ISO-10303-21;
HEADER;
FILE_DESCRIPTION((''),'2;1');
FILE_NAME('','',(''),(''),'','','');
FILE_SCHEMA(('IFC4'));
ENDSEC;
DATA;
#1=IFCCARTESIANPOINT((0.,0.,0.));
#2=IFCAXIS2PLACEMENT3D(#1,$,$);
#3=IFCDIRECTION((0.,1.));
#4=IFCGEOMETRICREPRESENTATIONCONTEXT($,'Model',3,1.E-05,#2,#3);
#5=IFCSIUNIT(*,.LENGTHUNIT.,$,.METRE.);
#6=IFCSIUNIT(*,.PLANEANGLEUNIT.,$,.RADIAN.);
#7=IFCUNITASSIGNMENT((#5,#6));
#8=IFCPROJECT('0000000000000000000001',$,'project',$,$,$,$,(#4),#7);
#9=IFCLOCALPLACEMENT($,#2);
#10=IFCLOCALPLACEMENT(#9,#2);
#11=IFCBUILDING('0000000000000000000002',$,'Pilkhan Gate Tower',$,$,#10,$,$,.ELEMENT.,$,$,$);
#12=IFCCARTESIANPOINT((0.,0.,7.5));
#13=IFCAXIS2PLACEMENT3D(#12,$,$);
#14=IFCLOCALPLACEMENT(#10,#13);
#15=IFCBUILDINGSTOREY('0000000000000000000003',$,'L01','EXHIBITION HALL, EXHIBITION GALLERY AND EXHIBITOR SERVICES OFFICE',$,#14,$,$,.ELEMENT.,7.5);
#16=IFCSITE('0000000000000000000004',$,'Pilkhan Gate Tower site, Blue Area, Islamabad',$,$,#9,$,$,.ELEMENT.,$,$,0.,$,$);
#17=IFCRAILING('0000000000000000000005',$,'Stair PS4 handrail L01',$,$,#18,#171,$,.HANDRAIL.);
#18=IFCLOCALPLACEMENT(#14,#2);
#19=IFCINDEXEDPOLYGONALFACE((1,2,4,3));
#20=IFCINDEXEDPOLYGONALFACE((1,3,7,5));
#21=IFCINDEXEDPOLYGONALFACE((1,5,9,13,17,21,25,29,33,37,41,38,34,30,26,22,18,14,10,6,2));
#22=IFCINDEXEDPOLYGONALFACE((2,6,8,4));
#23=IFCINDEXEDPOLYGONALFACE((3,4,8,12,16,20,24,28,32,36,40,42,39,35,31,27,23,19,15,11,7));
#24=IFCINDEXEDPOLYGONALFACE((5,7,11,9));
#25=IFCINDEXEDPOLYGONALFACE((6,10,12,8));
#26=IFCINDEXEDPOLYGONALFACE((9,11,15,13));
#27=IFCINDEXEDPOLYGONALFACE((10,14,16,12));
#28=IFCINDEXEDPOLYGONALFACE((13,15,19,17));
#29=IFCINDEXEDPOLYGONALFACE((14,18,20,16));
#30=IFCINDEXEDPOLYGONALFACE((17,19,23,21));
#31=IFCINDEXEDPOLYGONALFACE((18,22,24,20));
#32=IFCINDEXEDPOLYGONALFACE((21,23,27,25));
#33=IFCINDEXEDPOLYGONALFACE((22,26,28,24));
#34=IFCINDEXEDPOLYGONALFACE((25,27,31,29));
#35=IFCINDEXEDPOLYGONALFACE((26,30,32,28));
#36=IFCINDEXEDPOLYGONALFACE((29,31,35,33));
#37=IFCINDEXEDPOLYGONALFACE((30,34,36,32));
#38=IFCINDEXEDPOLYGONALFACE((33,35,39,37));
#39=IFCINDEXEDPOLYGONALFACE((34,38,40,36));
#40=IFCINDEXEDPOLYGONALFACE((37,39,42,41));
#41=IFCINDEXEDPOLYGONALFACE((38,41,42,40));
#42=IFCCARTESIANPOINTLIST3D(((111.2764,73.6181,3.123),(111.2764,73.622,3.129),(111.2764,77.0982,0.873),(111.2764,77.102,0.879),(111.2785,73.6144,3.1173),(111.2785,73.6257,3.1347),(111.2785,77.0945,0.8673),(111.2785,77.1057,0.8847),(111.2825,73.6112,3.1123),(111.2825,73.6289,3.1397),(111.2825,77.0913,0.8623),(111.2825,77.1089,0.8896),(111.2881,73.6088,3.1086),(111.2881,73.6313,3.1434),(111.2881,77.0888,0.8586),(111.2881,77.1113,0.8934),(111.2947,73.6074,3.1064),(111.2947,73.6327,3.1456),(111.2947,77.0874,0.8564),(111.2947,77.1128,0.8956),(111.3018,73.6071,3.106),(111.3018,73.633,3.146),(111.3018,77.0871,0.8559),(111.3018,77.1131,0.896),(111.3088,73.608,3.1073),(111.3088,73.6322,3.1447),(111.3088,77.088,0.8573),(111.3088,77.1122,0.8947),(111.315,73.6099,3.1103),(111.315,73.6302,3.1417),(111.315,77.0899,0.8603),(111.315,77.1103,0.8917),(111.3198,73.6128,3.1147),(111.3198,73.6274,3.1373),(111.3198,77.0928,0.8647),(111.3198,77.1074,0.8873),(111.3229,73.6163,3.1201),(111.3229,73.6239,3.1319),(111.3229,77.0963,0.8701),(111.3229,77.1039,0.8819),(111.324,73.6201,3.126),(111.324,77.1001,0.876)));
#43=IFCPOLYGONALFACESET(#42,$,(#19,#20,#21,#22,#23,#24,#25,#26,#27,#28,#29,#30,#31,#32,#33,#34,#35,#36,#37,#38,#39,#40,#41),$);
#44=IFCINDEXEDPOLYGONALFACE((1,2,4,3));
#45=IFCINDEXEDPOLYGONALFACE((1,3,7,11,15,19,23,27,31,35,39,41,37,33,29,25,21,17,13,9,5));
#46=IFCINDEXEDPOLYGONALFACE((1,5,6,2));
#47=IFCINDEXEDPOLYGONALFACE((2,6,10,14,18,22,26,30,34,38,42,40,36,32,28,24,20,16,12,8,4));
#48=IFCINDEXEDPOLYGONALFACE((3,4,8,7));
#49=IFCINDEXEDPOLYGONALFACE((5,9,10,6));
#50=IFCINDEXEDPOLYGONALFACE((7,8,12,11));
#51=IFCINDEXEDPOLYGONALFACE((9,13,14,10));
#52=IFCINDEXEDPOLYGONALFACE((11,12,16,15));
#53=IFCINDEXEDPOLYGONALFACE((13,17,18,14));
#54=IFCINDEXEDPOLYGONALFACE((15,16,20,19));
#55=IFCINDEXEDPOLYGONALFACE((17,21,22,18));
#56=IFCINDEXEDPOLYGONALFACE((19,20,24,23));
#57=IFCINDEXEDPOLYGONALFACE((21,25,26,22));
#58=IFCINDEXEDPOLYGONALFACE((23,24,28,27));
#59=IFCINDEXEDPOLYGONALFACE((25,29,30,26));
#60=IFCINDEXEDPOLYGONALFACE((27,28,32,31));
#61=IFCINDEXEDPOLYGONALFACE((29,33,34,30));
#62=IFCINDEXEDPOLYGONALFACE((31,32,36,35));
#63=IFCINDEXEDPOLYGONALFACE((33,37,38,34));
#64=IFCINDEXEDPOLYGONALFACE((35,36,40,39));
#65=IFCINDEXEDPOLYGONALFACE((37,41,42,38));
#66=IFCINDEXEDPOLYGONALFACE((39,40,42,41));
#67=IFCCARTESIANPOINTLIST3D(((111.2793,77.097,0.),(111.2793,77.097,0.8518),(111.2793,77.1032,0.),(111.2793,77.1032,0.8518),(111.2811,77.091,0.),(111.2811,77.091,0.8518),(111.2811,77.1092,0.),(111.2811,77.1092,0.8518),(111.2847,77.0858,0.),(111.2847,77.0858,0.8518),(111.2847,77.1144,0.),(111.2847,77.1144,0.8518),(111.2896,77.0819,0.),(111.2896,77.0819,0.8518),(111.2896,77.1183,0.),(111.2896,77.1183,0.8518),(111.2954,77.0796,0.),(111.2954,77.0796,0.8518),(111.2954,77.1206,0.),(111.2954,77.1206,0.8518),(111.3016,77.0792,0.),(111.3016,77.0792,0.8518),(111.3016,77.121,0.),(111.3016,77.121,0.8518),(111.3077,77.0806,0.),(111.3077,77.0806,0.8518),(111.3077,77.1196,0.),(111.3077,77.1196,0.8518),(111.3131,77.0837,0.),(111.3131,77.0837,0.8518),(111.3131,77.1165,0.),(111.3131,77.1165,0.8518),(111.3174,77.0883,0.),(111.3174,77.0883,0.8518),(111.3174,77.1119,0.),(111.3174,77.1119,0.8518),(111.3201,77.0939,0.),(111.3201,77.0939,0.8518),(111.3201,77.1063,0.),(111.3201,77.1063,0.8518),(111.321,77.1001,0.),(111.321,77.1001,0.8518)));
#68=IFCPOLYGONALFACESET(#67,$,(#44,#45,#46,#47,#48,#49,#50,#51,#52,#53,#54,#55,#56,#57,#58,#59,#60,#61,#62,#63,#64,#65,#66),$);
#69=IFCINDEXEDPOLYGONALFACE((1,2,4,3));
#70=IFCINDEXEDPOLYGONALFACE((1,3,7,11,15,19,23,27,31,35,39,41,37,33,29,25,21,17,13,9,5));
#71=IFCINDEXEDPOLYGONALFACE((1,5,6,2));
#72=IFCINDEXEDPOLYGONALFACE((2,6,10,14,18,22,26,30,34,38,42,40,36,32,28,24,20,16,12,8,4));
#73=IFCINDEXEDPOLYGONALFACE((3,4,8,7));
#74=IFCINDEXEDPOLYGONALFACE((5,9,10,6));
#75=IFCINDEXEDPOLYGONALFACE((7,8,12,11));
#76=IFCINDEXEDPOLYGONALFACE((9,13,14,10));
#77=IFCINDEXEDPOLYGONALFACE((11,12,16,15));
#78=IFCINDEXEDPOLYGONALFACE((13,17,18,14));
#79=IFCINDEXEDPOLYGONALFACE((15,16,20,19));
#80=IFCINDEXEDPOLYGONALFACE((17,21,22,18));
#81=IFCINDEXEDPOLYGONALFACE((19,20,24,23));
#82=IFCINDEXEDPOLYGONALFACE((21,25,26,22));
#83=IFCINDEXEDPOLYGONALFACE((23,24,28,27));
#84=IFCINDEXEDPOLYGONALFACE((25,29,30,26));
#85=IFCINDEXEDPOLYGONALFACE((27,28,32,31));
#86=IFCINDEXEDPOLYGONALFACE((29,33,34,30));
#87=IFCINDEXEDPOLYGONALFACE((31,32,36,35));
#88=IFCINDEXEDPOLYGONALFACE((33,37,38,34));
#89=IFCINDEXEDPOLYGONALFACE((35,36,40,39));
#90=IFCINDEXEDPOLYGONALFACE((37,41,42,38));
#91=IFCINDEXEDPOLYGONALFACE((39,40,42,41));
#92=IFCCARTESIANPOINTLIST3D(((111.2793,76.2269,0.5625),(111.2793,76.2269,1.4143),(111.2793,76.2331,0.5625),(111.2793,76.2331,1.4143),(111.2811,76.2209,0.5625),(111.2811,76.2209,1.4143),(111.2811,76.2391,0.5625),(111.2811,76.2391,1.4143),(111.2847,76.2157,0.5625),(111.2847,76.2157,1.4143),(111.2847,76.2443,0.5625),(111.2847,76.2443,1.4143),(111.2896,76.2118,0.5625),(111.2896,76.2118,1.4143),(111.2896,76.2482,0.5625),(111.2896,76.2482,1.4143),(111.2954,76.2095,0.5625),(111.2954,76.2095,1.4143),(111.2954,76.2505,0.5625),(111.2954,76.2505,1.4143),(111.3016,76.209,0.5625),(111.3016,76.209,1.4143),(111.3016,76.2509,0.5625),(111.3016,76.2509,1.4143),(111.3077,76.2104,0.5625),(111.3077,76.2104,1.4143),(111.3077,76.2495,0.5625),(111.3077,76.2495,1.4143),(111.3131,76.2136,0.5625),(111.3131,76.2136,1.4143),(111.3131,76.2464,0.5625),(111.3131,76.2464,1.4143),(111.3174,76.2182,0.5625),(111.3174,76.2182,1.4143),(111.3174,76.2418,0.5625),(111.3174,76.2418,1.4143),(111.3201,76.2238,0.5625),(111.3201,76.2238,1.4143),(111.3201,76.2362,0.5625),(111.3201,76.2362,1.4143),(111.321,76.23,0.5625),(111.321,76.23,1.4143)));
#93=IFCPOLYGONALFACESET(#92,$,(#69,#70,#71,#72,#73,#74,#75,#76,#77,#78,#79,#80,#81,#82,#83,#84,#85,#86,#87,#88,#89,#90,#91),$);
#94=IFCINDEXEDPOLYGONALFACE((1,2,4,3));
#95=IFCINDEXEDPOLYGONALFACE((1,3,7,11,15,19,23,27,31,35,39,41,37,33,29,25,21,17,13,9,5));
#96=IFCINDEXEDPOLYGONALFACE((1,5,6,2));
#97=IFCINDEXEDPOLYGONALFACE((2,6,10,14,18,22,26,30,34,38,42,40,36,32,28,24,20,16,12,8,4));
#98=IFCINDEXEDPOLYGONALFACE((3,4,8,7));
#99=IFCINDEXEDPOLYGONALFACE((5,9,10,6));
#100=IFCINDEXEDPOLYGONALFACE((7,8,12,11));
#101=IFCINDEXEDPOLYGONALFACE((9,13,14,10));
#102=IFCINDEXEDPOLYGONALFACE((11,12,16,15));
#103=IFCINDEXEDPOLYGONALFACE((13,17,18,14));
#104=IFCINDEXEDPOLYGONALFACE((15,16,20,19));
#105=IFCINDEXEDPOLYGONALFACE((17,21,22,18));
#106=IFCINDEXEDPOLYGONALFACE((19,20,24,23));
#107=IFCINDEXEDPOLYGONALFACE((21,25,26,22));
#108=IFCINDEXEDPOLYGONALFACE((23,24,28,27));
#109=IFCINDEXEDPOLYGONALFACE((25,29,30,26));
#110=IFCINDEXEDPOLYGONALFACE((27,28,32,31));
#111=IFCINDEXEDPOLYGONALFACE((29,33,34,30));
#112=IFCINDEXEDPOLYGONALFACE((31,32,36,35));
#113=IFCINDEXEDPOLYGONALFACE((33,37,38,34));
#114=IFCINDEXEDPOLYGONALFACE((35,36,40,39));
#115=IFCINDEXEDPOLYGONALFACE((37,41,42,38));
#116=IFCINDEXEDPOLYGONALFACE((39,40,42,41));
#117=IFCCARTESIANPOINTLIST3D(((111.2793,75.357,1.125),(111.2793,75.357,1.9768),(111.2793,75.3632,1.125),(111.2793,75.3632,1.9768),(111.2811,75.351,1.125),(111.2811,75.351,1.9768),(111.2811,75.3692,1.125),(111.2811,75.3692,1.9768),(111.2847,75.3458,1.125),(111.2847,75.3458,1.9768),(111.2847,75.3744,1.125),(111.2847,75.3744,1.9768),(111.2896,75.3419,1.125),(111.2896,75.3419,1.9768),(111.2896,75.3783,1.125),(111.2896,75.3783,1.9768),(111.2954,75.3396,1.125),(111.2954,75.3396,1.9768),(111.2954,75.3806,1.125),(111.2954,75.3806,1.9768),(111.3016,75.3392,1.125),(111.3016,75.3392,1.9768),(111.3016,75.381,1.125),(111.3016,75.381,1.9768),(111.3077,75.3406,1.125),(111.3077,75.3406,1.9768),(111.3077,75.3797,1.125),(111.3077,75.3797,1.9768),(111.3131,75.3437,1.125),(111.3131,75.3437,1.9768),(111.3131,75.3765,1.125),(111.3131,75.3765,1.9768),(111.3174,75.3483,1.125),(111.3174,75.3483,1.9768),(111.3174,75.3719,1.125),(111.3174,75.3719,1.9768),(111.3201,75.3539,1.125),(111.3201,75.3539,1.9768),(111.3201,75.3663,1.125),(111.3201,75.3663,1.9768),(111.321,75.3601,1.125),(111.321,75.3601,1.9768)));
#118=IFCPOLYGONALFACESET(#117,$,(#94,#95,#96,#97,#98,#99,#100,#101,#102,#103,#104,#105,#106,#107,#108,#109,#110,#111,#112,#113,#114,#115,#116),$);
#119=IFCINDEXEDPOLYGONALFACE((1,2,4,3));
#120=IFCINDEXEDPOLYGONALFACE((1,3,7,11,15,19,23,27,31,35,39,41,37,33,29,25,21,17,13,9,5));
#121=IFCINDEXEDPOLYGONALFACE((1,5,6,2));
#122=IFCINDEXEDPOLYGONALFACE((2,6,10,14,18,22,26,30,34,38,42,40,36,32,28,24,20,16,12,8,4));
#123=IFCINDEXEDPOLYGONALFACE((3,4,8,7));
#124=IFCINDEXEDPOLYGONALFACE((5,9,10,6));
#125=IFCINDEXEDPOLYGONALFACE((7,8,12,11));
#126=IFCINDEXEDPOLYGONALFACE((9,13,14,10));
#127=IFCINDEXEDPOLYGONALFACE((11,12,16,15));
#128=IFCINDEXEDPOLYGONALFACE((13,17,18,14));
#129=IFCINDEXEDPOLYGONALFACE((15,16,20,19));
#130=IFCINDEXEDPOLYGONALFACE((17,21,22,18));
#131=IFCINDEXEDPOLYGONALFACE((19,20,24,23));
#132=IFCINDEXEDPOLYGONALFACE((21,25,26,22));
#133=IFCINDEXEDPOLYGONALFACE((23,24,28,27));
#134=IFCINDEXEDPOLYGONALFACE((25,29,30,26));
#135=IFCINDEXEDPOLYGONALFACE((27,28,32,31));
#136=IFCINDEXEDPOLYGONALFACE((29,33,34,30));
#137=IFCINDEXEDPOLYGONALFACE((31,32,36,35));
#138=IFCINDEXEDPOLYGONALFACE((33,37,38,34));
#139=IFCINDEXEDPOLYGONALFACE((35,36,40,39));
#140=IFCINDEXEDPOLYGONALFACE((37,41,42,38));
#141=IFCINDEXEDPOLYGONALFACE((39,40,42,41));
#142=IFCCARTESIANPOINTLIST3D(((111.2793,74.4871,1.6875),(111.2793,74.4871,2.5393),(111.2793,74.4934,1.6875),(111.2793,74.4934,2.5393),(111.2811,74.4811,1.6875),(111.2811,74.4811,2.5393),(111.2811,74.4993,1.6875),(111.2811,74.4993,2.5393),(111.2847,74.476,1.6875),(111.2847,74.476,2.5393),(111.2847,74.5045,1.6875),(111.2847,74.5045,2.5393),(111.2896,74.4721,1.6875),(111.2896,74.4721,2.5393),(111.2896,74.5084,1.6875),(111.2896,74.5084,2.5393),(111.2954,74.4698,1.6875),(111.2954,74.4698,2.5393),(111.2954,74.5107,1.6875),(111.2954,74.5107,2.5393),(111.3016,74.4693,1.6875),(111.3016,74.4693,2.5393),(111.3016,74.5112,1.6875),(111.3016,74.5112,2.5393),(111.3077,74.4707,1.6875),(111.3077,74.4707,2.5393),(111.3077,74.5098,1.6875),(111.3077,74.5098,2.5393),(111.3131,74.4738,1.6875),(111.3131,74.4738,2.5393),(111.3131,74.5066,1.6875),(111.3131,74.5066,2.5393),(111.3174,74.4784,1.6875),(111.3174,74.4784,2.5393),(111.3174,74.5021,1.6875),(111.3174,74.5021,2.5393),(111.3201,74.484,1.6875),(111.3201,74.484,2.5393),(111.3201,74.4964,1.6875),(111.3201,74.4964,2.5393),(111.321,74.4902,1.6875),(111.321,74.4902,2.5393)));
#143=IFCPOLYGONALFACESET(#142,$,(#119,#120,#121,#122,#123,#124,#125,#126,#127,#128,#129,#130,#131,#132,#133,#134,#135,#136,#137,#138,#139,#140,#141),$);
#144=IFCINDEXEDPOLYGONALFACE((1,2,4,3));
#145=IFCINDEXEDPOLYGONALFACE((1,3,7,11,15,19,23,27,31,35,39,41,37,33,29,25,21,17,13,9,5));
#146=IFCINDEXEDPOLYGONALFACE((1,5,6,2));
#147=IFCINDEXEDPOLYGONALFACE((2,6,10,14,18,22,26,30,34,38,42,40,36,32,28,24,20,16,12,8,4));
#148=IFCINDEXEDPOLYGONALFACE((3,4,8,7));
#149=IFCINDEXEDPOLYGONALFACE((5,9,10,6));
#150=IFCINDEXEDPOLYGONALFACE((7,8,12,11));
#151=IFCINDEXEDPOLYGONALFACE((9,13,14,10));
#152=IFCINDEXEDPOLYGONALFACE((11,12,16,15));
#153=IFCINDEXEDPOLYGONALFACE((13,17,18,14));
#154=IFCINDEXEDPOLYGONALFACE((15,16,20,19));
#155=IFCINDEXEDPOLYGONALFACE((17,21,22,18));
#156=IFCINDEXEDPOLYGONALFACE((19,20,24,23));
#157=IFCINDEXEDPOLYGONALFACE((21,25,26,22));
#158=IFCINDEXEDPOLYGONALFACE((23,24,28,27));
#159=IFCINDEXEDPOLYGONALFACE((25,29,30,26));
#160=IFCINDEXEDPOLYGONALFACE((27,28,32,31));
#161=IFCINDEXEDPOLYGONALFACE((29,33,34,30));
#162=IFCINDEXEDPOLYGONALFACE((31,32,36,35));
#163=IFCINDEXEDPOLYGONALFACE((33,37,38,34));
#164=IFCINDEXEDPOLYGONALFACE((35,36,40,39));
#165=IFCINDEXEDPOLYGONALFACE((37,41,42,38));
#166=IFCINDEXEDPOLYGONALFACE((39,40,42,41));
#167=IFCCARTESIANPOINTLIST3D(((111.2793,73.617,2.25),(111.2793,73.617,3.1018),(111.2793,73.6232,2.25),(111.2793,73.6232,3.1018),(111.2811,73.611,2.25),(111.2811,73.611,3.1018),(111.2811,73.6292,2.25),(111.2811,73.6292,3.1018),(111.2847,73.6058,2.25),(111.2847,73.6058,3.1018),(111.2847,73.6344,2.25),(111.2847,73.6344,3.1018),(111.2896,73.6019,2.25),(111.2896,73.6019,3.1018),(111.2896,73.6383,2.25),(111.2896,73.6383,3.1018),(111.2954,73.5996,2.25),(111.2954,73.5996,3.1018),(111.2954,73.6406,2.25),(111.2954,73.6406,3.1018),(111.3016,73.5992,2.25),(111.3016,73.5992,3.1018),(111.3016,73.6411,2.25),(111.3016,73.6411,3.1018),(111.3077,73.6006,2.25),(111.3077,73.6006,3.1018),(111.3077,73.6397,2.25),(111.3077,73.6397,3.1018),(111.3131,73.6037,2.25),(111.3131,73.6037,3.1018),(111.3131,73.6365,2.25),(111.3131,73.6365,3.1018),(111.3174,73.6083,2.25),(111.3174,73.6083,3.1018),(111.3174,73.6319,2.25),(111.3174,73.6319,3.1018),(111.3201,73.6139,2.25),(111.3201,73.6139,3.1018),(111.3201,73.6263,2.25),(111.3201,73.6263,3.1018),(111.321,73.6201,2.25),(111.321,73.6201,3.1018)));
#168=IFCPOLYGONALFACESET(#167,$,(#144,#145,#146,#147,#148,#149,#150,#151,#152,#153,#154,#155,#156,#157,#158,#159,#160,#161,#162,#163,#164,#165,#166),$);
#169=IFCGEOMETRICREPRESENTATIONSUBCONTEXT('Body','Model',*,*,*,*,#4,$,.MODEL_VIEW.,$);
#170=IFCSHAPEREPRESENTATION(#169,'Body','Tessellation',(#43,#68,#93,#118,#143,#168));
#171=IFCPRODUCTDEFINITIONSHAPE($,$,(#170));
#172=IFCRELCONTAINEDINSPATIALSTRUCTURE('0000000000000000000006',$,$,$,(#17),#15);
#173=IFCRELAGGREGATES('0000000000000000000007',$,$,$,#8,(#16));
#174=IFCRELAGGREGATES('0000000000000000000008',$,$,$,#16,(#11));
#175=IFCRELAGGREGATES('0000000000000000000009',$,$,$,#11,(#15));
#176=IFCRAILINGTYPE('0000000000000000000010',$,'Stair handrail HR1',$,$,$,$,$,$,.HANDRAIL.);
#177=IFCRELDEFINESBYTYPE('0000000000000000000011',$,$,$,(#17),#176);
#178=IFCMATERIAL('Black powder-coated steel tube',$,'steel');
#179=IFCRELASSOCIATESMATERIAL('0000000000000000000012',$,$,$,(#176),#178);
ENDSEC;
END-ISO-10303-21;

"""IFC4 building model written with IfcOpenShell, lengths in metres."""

from ifc_helpers import new_model, si_unit, direction, frame, origin, origin_2d, place, context, subcontext, project, spatial, circle, extrude, material, type_object, element, save


model = new_model("IFC4")

# Units and contexts
model_context = context("Model", 3, precision=1e-05, world=origin(), true_north=direction((0.0, 1.0)))
body_context = subcontext(model_context, "Body", "Model", "MODEL_VIEW")
ifc_project = project(units=[si_unit("LENGTHUNIT", "METRE"), si_unit("PLANEANGLEUNIT", "RADIAN")], contexts=[model_context])

# Site, building, storey
site_placement = place(None, origin())
site = spatial("IfcSite", under=ifc_project, at=site_placement, Name="Pilkhan Gate Tower site, Blue Area, Islamabad", CompositionType="ELEMENT", RefElevation=0.0)
building_placement = place(site_placement, origin())
building = spatial("IfcBuilding", under=site, at=building_placement, Name="Pilkhan Gate Tower", CompositionType="ELEMENT")
storey_placement = place(building_placement, frame((0.0, 0.0, 7.5)))
storey = spatial("IfcBuildingStorey", under=building, at=storey_placement, Name="L01", Description="EXHIBITION HALL, EXHIBITION GALLERY AND EXHIBITOR SERVICES OFFICE", CompositionType="ELEMENT", Elevation=7.5)

# Railing
ifc_material_1 = material(Name="Black powder-coated steel tube", Category="steel")
railing_type_1 = type_object("IfcRailingType", Name="Stair handrail HR1", PredefinedType="HANDRAIL", material=ifc_material_1)
railing_1_placement = place(storey_placement, frame((111.3, 77.1001, 0.0)))
element("IfcRailing", 1, at=railing_1_placement, inside=storey, type_object=railing_type_1, Name="Stair PS4 handrail L01", PredefinedType="HANDRAIL", context=body_context, shape_type="SweptSolid", body=[
    extrude(circle(Radius=0.0239, at=origin_2d()), frame((0.0, 0.0, 0.876), z_axis=(0.0, -0.839763, 0.542953), x_axis=(1.0, 0.0, 0.0)), (0.0, 0.0, 1.0), 4.144),
    extrude(circle(Radius=0.021, at=origin_2d()), origin(), (0.0, 0.0, 1.0), 0.8518),
    extrude(circle(Radius=0.021, at=origin_2d()), frame((0.0, -0.8701, 0.5625)), (0.0, 0.0, 1.0), 0.8518),
    extrude(circle(Radius=0.021, at=origin_2d()), frame((0.0, -1.74, 1.125)), (0.0, 0.0, 1.0), 0.8518),
    extrude(circle(Radius=0.021, at=origin_2d()), frame((0.0, -2.6099, 1.6875)), (0.0, 0.0, 1.0), 0.8518),
    extrude(circle(Radius=0.021, at=origin_2d()), frame((0.0, -3.48, 2.25)), (0.0, 0.0, 1.0), 0.8518),
])

save(model, "model.ifc")
